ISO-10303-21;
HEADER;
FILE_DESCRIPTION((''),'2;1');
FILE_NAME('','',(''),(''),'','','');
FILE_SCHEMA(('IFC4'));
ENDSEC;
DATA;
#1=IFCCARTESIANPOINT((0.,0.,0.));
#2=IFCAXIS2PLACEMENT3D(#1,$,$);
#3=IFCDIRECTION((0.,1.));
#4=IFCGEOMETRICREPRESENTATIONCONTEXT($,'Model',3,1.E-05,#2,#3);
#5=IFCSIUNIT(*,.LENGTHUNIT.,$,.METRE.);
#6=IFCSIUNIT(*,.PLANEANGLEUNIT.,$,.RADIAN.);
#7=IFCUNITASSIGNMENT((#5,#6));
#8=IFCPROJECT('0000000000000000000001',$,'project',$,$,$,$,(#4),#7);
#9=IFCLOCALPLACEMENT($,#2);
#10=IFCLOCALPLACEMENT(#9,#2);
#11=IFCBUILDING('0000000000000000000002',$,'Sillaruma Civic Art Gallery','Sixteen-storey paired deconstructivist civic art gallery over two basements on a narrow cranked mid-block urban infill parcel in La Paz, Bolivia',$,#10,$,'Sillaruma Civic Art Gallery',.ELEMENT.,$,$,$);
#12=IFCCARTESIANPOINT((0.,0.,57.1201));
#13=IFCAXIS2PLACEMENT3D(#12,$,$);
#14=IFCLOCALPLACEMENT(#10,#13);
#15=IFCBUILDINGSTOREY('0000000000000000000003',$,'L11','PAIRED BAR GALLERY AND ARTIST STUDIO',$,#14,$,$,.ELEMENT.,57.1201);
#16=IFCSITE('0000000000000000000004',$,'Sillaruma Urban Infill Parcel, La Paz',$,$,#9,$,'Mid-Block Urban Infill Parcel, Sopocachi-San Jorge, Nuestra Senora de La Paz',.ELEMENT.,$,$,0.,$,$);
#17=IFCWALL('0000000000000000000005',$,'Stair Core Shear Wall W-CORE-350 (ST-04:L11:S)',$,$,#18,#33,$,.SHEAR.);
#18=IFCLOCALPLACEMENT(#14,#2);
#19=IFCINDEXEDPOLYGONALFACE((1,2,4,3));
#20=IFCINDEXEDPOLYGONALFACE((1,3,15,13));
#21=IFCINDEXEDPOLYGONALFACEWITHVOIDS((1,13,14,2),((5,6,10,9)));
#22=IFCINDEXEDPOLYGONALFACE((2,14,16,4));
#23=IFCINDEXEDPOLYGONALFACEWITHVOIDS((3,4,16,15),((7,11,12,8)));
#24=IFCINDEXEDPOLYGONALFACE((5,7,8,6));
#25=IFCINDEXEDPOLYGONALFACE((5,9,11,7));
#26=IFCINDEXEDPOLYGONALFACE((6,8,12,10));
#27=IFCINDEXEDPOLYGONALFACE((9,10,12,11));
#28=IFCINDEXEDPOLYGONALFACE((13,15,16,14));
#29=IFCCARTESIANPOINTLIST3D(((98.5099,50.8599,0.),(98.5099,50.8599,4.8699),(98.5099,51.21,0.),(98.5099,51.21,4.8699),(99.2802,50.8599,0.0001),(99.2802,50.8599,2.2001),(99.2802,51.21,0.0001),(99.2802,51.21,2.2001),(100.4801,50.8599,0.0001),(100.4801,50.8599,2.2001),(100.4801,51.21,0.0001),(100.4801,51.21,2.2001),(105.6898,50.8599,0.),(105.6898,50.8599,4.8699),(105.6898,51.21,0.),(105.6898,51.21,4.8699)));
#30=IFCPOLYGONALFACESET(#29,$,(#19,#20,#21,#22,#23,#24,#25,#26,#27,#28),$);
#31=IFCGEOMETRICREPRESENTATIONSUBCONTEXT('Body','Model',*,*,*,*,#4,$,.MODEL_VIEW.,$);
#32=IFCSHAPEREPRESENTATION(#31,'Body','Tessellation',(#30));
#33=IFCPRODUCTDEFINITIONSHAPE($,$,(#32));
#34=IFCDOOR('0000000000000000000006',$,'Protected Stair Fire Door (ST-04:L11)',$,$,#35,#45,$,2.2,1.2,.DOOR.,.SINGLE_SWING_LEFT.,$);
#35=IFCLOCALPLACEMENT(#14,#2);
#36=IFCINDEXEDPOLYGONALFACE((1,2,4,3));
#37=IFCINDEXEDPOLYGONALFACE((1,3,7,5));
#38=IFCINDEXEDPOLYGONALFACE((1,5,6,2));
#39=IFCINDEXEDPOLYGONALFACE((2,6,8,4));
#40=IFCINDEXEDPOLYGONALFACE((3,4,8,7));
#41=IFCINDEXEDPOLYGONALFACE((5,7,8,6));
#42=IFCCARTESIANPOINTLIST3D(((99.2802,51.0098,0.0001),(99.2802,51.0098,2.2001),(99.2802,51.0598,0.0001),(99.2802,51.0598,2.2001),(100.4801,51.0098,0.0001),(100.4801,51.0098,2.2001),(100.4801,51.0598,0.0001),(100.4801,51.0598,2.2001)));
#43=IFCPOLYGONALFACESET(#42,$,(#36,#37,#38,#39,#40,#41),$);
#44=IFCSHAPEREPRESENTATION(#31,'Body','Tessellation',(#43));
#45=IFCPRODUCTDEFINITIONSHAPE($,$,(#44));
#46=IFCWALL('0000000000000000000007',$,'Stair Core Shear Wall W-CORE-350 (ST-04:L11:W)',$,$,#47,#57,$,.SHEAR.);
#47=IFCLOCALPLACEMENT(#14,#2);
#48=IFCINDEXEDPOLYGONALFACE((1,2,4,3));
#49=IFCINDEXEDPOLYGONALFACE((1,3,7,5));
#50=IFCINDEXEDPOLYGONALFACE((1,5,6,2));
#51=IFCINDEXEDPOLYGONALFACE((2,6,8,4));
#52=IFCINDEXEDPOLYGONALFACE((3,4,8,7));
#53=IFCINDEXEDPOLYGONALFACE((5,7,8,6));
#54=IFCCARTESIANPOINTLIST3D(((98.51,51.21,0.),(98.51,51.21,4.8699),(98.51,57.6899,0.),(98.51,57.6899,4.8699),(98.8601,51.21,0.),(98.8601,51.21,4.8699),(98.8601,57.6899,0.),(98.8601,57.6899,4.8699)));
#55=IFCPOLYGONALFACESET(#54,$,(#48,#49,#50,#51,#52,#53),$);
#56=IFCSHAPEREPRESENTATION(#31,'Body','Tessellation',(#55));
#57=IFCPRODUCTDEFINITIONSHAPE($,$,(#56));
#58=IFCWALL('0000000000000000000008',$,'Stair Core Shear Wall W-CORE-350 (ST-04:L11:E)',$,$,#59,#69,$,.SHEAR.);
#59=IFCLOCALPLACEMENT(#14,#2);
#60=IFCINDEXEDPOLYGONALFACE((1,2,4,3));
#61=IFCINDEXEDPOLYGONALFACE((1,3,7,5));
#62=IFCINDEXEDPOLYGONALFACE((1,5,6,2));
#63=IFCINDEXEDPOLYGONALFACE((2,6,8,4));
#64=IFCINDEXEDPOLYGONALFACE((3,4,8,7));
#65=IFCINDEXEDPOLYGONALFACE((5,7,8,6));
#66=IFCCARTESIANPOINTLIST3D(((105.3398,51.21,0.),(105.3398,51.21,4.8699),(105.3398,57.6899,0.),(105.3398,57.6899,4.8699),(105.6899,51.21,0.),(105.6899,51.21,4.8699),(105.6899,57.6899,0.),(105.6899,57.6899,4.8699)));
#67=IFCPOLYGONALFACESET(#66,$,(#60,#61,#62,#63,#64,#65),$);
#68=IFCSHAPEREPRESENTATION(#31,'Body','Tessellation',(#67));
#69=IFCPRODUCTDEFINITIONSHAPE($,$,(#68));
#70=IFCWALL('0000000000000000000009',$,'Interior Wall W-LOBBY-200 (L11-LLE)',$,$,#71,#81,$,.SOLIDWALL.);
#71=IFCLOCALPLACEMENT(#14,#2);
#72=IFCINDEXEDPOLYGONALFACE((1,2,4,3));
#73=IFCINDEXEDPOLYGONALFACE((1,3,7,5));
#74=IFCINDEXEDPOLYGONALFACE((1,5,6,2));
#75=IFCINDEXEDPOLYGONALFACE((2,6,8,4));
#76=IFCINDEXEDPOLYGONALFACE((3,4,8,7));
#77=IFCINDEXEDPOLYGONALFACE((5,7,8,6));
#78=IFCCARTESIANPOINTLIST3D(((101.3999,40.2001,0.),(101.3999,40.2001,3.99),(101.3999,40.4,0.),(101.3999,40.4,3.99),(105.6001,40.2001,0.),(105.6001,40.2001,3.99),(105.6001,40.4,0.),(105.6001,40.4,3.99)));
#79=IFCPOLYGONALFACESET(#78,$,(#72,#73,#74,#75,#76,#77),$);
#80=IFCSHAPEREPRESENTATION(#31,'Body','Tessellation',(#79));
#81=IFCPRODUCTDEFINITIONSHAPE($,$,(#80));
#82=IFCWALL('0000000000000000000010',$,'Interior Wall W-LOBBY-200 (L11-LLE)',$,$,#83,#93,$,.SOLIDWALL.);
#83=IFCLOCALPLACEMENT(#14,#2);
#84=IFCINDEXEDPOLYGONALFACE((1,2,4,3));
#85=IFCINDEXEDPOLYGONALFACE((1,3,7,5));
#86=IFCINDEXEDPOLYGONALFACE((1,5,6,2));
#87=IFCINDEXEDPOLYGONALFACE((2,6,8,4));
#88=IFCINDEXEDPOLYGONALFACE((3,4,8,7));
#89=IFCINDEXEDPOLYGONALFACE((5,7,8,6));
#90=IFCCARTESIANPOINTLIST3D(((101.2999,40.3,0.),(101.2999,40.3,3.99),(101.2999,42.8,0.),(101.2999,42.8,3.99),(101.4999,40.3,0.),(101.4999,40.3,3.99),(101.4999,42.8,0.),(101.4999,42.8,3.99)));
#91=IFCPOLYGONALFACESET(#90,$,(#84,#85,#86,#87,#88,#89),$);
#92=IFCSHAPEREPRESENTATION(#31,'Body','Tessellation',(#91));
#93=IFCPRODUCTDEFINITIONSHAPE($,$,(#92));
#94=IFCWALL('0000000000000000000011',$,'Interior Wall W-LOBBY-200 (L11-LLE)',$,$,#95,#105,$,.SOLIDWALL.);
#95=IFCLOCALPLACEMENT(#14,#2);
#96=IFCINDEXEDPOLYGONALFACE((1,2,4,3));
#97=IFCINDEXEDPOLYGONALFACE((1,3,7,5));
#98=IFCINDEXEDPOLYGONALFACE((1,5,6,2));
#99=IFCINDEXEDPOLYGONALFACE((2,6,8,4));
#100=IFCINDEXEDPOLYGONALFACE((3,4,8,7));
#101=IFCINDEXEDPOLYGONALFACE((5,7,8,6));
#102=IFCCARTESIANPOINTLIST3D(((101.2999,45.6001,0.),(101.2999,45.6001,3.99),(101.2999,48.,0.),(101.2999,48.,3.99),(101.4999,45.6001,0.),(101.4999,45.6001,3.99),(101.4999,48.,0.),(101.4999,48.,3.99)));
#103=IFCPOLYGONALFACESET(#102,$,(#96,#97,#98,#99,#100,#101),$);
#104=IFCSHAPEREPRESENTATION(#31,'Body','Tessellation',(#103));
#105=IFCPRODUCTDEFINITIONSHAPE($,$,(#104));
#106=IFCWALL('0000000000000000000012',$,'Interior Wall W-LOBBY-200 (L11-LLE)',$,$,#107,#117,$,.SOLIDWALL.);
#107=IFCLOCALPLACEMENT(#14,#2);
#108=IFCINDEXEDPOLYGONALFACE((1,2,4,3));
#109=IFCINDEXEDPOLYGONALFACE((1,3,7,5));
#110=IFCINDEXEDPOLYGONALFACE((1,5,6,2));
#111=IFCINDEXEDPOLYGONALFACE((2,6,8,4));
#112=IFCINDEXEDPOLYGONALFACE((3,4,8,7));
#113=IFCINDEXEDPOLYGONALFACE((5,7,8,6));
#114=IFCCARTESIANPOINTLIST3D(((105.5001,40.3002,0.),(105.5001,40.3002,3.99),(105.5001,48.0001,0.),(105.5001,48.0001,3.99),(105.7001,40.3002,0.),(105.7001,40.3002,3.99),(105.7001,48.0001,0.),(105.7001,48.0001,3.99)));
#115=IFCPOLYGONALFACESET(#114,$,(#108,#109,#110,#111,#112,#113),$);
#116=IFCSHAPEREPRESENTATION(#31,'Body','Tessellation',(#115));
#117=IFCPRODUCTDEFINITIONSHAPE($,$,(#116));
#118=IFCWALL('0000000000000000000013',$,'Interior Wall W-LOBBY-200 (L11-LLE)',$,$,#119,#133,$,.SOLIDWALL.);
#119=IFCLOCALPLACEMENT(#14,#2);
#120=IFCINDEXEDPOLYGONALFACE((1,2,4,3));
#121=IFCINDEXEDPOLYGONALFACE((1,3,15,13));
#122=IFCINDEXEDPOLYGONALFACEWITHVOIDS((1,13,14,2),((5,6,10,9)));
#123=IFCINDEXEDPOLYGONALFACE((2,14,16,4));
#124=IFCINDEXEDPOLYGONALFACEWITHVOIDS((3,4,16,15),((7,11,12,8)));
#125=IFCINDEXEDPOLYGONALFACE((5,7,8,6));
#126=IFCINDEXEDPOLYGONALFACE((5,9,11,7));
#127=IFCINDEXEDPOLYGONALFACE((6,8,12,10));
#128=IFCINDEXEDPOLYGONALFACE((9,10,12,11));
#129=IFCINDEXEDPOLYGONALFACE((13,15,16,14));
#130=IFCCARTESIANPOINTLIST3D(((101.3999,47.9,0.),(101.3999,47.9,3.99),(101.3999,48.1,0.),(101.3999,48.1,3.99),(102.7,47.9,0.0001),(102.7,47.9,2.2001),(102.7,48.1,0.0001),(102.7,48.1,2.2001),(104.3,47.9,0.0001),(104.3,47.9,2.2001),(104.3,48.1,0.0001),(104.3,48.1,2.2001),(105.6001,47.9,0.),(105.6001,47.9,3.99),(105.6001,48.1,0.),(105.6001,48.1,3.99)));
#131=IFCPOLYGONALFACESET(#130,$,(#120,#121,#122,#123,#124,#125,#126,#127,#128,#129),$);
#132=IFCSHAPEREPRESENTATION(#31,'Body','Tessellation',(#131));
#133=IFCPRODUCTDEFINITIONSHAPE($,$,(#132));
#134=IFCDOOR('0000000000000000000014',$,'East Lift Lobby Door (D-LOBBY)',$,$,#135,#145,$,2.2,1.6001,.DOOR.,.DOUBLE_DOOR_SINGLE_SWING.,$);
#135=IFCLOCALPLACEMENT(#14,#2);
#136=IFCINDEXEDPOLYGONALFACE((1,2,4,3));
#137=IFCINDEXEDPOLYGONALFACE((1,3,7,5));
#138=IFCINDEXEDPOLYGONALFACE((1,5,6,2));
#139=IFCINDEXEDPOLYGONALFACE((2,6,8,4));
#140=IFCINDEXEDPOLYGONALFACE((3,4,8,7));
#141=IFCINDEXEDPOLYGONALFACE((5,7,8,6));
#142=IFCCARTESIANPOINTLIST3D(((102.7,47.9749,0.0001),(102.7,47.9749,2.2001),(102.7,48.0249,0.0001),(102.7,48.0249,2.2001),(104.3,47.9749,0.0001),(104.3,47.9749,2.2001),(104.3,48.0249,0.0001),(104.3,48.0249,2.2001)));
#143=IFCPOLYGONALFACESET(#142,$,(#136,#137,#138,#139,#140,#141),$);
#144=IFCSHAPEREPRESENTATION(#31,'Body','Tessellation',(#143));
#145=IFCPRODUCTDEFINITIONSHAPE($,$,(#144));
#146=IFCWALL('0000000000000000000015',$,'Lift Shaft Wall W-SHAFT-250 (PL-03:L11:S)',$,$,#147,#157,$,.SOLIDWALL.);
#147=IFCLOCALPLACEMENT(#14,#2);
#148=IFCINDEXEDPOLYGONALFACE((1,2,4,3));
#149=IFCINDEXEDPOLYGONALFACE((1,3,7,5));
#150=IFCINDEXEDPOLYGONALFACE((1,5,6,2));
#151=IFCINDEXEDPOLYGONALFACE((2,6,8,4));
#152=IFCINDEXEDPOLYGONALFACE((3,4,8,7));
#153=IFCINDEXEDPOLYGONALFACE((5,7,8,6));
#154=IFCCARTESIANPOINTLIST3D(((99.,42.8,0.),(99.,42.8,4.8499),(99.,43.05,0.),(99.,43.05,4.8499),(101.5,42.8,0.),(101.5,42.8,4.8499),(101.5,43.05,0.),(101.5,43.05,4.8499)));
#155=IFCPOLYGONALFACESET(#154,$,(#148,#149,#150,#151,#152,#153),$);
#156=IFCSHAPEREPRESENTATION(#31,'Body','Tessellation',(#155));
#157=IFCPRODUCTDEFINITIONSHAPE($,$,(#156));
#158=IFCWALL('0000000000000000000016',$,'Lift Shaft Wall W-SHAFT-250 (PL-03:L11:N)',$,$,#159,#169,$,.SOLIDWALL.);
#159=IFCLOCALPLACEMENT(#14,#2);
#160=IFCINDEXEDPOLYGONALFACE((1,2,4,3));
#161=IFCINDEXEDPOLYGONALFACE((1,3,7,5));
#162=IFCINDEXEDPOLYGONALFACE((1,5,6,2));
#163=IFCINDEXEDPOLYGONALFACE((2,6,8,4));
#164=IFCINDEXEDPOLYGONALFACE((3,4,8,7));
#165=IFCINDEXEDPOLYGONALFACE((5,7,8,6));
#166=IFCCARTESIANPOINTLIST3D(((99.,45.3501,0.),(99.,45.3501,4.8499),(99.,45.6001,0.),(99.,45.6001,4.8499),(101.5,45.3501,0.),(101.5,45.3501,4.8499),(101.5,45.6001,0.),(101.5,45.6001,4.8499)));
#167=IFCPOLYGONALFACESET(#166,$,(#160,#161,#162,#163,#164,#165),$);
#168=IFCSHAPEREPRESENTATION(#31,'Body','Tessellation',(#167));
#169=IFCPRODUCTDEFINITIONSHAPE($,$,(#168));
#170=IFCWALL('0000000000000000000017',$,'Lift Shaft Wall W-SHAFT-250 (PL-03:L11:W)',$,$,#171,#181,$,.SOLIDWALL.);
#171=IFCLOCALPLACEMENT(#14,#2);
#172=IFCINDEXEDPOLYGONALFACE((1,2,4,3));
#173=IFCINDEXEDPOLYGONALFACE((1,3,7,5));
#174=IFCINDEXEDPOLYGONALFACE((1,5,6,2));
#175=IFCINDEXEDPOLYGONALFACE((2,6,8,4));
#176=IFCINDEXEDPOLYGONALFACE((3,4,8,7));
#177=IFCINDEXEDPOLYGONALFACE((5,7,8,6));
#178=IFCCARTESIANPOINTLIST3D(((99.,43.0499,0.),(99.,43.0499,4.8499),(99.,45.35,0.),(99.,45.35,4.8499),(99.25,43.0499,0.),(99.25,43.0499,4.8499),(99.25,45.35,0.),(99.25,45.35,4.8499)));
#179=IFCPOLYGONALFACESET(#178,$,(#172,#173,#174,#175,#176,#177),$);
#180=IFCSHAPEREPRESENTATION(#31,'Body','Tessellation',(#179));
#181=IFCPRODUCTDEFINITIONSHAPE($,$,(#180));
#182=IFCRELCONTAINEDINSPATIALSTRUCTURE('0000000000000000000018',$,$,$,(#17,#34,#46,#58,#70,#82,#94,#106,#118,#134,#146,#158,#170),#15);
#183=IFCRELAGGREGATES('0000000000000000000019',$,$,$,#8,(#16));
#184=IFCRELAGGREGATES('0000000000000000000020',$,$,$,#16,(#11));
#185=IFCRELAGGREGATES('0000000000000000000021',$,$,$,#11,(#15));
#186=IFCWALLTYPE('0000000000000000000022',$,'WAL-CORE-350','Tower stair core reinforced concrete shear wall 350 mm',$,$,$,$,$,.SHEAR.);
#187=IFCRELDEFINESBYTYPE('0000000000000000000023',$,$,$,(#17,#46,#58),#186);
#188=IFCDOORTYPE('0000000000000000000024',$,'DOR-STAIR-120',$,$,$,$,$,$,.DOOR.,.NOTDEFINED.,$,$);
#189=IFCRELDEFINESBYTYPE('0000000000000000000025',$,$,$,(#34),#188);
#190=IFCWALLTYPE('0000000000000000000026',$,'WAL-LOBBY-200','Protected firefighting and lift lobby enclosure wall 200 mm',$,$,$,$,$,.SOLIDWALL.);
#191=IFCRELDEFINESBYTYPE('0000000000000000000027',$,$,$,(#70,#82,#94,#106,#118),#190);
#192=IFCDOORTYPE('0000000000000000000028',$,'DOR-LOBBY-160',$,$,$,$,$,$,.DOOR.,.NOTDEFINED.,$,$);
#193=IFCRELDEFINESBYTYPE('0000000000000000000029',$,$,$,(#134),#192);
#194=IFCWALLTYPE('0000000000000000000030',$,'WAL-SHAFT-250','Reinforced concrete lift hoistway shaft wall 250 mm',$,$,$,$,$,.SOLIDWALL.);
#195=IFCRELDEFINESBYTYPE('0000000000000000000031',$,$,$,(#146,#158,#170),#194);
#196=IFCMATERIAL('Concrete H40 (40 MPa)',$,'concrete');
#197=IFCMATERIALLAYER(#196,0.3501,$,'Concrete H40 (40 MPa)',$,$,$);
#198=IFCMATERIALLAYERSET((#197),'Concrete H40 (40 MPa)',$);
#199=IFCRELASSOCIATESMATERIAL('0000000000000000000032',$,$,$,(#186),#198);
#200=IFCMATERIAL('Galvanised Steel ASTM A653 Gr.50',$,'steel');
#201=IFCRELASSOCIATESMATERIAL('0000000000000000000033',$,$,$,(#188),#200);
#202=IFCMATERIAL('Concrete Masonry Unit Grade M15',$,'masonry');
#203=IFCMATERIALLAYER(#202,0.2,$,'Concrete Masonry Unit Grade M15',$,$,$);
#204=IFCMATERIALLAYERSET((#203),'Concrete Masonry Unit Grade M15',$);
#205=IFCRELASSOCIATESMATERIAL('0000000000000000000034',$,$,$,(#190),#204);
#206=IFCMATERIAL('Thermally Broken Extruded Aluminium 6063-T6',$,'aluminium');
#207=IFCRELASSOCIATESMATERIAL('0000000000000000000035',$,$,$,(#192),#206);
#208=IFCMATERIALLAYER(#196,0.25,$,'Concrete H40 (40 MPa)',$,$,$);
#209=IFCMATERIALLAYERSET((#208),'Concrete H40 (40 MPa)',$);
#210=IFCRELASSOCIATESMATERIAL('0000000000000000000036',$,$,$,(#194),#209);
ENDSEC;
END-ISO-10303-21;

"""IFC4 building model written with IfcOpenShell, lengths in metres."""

from ifc_helpers import new_model, si_unit, direction, frame, frame_2d, origin, place, context, subcontext, project, spatial, rectangle, extrude, material, layer, layer_set, type_object, element, fill, save


model = new_model("IFC4")

# Units and contexts
model_context = context("Model", 3, precision=1e-05, world=origin(), true_north=direction((0.0, 1.0)))
body_context = subcontext(model_context, "Body", "Model", "MODEL_VIEW")
ifc_project = project(units=[si_unit("LENGTHUNIT", "METRE"), si_unit("PLANEANGLEUNIT", "RADIAN")], contexts=[model_context])

# Site, building, storey
site_placement = place(None, origin())
site = spatial("IfcSite", under=ifc_project, at=site_placement, Name="Sillaruma Urban Infill Parcel, La Paz", LongName="Mid-Block Urban Infill Parcel, Sopocachi-San Jorge, Nuestra Senora de La Paz", CompositionType="ELEMENT", RefElevation=0.0)
building_placement = place(site_placement, origin())
building = spatial("IfcBuilding", under=site, at=building_placement, Name="Sillaruma Civic Art Gallery", Description="Sixteen-storey paired deconstructivist civic art gallery over two basements on a narrow cranked mid-block urban infill parcel in La Paz, Bolivia", LongName="Sillaruma Civic Art Gallery", CompositionType="ELEMENT")
storey_placement = place(building_placement, frame((0.0, 0.0, 57.1201)))
storey = spatial("IfcBuildingStorey", under=building, at=storey_placement, Name="L11", Description="PAIRED BAR GALLERY AND ARTIST STUDIO", CompositionType="ELEMENT", Elevation=57.1201)

# Shared definitions
ifc_material_1 = material(Name="Concrete H40 (40 MPa)", Category="concrete")

# Shared definitions
ifc_material_2 = material(Name="Thermally Broken Extruded Aluminium 6063-T6", Category="aluminium")

# Wall, opening, door
ifc_layer_1 = layer(ifc_material_1, 0.3501, Name="Concrete H40 (40 MPa)")
ifc_layer_set_1 = layer_set([ifc_layer_1], Name="Concrete H40 (40 MPa)")
wall_type_1 = type_object("IfcWallType", Name="WAL-CORE-350", Description="Tower stair core reinforced concrete shear wall 350 mm", PredefinedType="SHEAR", material=ifc_layer_set_1)
wall_1_placement = place(storey_placement, frame((98.51, 51.0349, 0.0), z_axis=(0.0, 0.0, 1.0), x_axis=(1.0, 0.0, 0.0)))
wall_1 = element("IfcWall", 1, at=wall_1_placement, inside=storey, type_object=wall_type_1, Name="Stair Core Shear Wall W-CORE-350 (ST-04:L11:S)", PredefinedType="SHEAR", context=body_context, shape_type="SweptSolid", body=[
    extrude(rectangle(XDim=7.1799, YDim=0.3501, at=frame_2d((3.5898, 0.0))), origin(), (0.0, 0.0, 1.0), 4.8699),
])
opening_1_placement = place(wall_1_placement, frame((0.77, 0.0, 0.0)))
opening_1 = element("IfcOpeningElement", 2, at=opening_1_placement, cuts=wall_1, PredefinedType="OPENING", context=body_context, shape_type="SweptSolid", body=[
    extrude(rectangle(XDim=1.2, YDim=2.2, at=frame_2d((0.6001, 1.1001))), frame((0.0, 0.1851, 0.0), z_axis=(0.0, -1.0, 0.0), x_axis=(1.0, 0.0, 0.0)), (0.0, 0.0, 1.0), 0.3701),
])
ifc_material_3 = material(Name="Galvanised Steel ASTM A653 Gr.50", Category="steel")
door_type_1 = type_object("IfcDoorType", Name="DOR-STAIR-120", OperationType="NOTDEFINED", PredefinedType="DOOR", material=ifc_material_3)
door_1_placement = place(opening_1_placement, origin())
door_1 = element("IfcDoor", 3, at=door_1_placement, inside=storey, type_object=door_type_1, Name="Protected Stair Fire Door (ST-04:L11)", OperationType="SINGLE_SWING_LEFT", OverallHeight=2.2, OverallWidth=1.2, PredefinedType="DOOR", context=body_context, shape_type="SweptSolid", body=[
    extrude(rectangle(XDim=1.2, YDim=2.2, at=frame_2d((0.6001, 1.1001))), frame((0.0, 0.0249, 0.0), z_axis=(0.0, -1.0, 0.0), x_axis=(1.0, 0.0, 0.0)), (0.0, 0.0, 1.0), 0.05),
])
fill(opening_1, door_1)

# Walls
for number, where, z_axis, x_axis, name in (
    (4, (98.6851, 51.21, 0.0), (0.0, 0.0, 1.0), (0.0, 1.0, 0.0), "Stair Core Shear Wall W-CORE-350 (ST-04:L11:W)"),
    (5, (105.5149, 51.21, 0.0), (0.0, 0.0, 1.0), (0.0, 1.0, 0.0), "Stair Core Shear Wall W-CORE-350 (ST-04:L11:E)"),
):
    element("IfcWall", number, at=place(storey_placement, frame(where, z_axis=z_axis, x_axis=x_axis)), inside=storey, type_object=wall_type_1, Name=name, PredefinedType="SHEAR", context=body_context, shape_type="SweptSolid", body=[
        extrude(rectangle(XDim=6.48, YDim=0.3501, at=frame_2d((3.24, 0.0))), origin(), (0.0, 0.0, 1.0), 4.8699),
    ])
ifc_material_4 = material(Name="Concrete Masonry Unit Grade M15", Category="masonry")
ifc_layer_2 = layer(ifc_material_4, 0.2, Name="Concrete Masonry Unit Grade M15")
ifc_layer_set_2 = layer_set([ifc_layer_2], Name="Concrete Masonry Unit Grade M15")
wall_type_2 = type_object("IfcWallType", Name="WAL-LOBBY-200", Description="Protected firefighting and lift lobby enclosure wall 200 mm", PredefinedType="SOLIDWALL", material=ifc_layer_set_2)
wall_2_placement = place(storey_placement, frame((101.3999, 40.3, 0.0), z_axis=(0.0, 0.0, 1.0), x_axis=(1.0, 0.0, 0.0)))
element("IfcWall", 6, at=wall_2_placement, inside=storey, type_object=wall_type_2, Name="Interior Wall W-LOBBY-200 (L11-LLE)", PredefinedType="SOLIDWALL", context=body_context, shape_type="SweptSolid", body=[
    extrude(rectangle(XDim=4.2002, YDim=0.2, at=frame_2d((2.1001, 0.0))), origin(), (0.0, 0.0, 1.0), 3.99),
])
wall_3_placement = place(storey_placement, frame((101.3999, 40.3, 0.0), z_axis=(0.0, 0.0, 1.0), x_axis=(0.0, 1.0, 0.0)))
element("IfcWall", 7, at=wall_3_placement, inside=storey, type_object=wall_type_2, Name="Interior Wall W-LOBBY-200 (L11-LLE)", PredefinedType="SOLIDWALL", context=body_context, shape_type="SweptSolid", body=[
    extrude(rectangle(XDim=2.5, YDim=0.2, at=frame_2d((1.25, 0.0))), origin(), (0.0, 0.0, 1.0), 3.99),
])
wall_4_placement = place(storey_placement, frame((101.3999, 45.6001, 0.0), z_axis=(0.0, 0.0, 1.0), x_axis=(0.0, 1.0, 0.0)))
element("IfcWall", 8, at=wall_4_placement, inside=storey, type_object=wall_type_2, Name="Interior Wall W-LOBBY-200 (L11-LLE)", PredefinedType="SOLIDWALL", context=body_context, shape_type="SweptSolid", body=[
    extrude(rectangle(XDim=2.3999, YDim=0.2, at=frame_2d((1.2, 0.0))), origin(), (0.0, 0.0, 1.0), 3.99),
])
wall_5_placement = place(storey_placement, frame((105.6001, 40.3, 0.0), z_axis=(0.0, 0.0, 1.0), x_axis=(0.0, 1.0, 0.0)))
element("IfcWall", 9, at=wall_5_placement, inside=storey, type_object=wall_type_2, Name="Interior Wall W-LOBBY-200 (L11-LLE)", PredefinedType="SOLIDWALL", context=body_context, shape_type="SweptSolid", body=[
    extrude(rectangle(XDim=7.7, YDim=0.2, at=frame_2d((3.8501, 0.0))), origin(), (0.0, 0.0, 1.0), 3.99),
])

# Wall, opening, door
wall_6_placement = place(storey_placement, frame((101.3999, 48.0, 0.0), z_axis=(0.0, 0.0, 1.0), x_axis=(1.0, 0.0, 0.0)))
wall_6 = element("IfcWall", 10, at=wall_6_placement, inside=storey, type_object=wall_type_2, Name="Interior Wall W-LOBBY-200 (L11-LLE)", PredefinedType="SOLIDWALL", context=body_context, shape_type="SweptSolid", body=[
    extrude(rectangle(XDim=4.2002, YDim=0.2, at=frame_2d((2.1001, 0.0))), origin(), (0.0, 0.0, 1.0), 3.99),
])
opening_2_placement = place(wall_6_placement, frame((1.3, 0.0, 0.0)))
opening_2 = element("IfcOpeningElement", 11, at=opening_2_placement, cuts=wall_6, PredefinedType="OPENING", context=body_context, shape_type="SweptSolid", body=[
    extrude(rectangle(XDim=1.6001, YDim=2.2, at=frame_2d((0.8, 1.1001))), frame((0.0, 0.1099, 0.0), z_axis=(0.0, -1.0, 0.0), x_axis=(1.0, 0.0, 0.0)), (0.0, 0.0, 1.0), 0.22),
])
door_type_2 = type_object("IfcDoorType", Name="DOR-LOBBY-160", OperationType="NOTDEFINED", PredefinedType="DOOR", material=ifc_material_2)
door_2_placement = place(opening_2_placement, origin())
door_2 = element("IfcDoor", 12, at=door_2_placement, inside=storey, type_object=door_type_2, Name="East Lift Lobby Door (D-LOBBY)", OperationType="DOUBLE_DOOR_SINGLE_SWING", OverallHeight=2.2, OverallWidth=1.6001, PredefinedType="DOOR", context=body_context, shape_type="SweptSolid", body=[
    extrude(rectangle(XDim=1.6001, YDim=2.2, at=frame_2d((0.8, 1.1001))), frame((0.0, 0.0249, 0.0), z_axis=(0.0, -1.0, 0.0), x_axis=(1.0, 0.0, 0.0)), (0.0, 0.0, 1.0), 0.05),
])
fill(opening_2, door_2)

# Walls
ifc_layer_3 = layer(ifc_material_1, 0.25, Name="Concrete H40 (40 MPa)")
ifc_layer_set_3 = layer_set([ifc_layer_3], Name="Concrete H40 (40 MPa)")
wall_type_3 = type_object("IfcWallType", Name="WAL-SHAFT-250", Description="Reinforced concrete lift hoistway shaft wall 250 mm", PredefinedType="SOLIDWALL", material=ifc_layer_set_3)
for number, where, z_axis, x_axis, name in (
    (13, (99.0, 42.925, 0.0), (0.0, 0.0, 1.0), (1.0, 0.0, 0.0), "Lift Shaft Wall W-SHAFT-250 (PL-03:L11:S)"),
    (14, (99.0, 45.4751, 0.0), (0.0, 0.0, 1.0), (1.0, 0.0, 0.0), "Lift Shaft Wall W-SHAFT-250 (PL-03:L11:N)"),
):
    element("IfcWall", number, at=place(storey_placement, frame(where, z_axis=z_axis, x_axis=x_axis)), inside=storey, type_object=wall_type_3, Name=name, PredefinedType="SOLIDWALL", context=body_context, shape_type="SweptSolid", body=[
        extrude(rectangle(XDim=2.5, YDim=0.25, at=frame_2d((1.25, 0.0))), origin(), (0.0, 0.0, 1.0), 4.8499),
    ])
wall_7_placement = place(storey_placement, frame((99.125, 43.05, 0.0), z_axis=(0.0, 0.0, 1.0), x_axis=(0.0, 1.0, 0.0)))
element("IfcWall", 15, at=wall_7_placement, inside=storey, type_object=wall_type_3, Name="Lift Shaft Wall W-SHAFT-250 (PL-03:L11:W)", PredefinedType="SOLIDWALL", context=body_context, shape_type="SweptSolid", body=[
    extrude(rectangle(XDim=2.3, YDim=0.25, at=frame_2d((1.1499, 0.0))), origin(), (0.0, 0.0, 1.0), 4.8499),
])

save(model, "model.ifc")
